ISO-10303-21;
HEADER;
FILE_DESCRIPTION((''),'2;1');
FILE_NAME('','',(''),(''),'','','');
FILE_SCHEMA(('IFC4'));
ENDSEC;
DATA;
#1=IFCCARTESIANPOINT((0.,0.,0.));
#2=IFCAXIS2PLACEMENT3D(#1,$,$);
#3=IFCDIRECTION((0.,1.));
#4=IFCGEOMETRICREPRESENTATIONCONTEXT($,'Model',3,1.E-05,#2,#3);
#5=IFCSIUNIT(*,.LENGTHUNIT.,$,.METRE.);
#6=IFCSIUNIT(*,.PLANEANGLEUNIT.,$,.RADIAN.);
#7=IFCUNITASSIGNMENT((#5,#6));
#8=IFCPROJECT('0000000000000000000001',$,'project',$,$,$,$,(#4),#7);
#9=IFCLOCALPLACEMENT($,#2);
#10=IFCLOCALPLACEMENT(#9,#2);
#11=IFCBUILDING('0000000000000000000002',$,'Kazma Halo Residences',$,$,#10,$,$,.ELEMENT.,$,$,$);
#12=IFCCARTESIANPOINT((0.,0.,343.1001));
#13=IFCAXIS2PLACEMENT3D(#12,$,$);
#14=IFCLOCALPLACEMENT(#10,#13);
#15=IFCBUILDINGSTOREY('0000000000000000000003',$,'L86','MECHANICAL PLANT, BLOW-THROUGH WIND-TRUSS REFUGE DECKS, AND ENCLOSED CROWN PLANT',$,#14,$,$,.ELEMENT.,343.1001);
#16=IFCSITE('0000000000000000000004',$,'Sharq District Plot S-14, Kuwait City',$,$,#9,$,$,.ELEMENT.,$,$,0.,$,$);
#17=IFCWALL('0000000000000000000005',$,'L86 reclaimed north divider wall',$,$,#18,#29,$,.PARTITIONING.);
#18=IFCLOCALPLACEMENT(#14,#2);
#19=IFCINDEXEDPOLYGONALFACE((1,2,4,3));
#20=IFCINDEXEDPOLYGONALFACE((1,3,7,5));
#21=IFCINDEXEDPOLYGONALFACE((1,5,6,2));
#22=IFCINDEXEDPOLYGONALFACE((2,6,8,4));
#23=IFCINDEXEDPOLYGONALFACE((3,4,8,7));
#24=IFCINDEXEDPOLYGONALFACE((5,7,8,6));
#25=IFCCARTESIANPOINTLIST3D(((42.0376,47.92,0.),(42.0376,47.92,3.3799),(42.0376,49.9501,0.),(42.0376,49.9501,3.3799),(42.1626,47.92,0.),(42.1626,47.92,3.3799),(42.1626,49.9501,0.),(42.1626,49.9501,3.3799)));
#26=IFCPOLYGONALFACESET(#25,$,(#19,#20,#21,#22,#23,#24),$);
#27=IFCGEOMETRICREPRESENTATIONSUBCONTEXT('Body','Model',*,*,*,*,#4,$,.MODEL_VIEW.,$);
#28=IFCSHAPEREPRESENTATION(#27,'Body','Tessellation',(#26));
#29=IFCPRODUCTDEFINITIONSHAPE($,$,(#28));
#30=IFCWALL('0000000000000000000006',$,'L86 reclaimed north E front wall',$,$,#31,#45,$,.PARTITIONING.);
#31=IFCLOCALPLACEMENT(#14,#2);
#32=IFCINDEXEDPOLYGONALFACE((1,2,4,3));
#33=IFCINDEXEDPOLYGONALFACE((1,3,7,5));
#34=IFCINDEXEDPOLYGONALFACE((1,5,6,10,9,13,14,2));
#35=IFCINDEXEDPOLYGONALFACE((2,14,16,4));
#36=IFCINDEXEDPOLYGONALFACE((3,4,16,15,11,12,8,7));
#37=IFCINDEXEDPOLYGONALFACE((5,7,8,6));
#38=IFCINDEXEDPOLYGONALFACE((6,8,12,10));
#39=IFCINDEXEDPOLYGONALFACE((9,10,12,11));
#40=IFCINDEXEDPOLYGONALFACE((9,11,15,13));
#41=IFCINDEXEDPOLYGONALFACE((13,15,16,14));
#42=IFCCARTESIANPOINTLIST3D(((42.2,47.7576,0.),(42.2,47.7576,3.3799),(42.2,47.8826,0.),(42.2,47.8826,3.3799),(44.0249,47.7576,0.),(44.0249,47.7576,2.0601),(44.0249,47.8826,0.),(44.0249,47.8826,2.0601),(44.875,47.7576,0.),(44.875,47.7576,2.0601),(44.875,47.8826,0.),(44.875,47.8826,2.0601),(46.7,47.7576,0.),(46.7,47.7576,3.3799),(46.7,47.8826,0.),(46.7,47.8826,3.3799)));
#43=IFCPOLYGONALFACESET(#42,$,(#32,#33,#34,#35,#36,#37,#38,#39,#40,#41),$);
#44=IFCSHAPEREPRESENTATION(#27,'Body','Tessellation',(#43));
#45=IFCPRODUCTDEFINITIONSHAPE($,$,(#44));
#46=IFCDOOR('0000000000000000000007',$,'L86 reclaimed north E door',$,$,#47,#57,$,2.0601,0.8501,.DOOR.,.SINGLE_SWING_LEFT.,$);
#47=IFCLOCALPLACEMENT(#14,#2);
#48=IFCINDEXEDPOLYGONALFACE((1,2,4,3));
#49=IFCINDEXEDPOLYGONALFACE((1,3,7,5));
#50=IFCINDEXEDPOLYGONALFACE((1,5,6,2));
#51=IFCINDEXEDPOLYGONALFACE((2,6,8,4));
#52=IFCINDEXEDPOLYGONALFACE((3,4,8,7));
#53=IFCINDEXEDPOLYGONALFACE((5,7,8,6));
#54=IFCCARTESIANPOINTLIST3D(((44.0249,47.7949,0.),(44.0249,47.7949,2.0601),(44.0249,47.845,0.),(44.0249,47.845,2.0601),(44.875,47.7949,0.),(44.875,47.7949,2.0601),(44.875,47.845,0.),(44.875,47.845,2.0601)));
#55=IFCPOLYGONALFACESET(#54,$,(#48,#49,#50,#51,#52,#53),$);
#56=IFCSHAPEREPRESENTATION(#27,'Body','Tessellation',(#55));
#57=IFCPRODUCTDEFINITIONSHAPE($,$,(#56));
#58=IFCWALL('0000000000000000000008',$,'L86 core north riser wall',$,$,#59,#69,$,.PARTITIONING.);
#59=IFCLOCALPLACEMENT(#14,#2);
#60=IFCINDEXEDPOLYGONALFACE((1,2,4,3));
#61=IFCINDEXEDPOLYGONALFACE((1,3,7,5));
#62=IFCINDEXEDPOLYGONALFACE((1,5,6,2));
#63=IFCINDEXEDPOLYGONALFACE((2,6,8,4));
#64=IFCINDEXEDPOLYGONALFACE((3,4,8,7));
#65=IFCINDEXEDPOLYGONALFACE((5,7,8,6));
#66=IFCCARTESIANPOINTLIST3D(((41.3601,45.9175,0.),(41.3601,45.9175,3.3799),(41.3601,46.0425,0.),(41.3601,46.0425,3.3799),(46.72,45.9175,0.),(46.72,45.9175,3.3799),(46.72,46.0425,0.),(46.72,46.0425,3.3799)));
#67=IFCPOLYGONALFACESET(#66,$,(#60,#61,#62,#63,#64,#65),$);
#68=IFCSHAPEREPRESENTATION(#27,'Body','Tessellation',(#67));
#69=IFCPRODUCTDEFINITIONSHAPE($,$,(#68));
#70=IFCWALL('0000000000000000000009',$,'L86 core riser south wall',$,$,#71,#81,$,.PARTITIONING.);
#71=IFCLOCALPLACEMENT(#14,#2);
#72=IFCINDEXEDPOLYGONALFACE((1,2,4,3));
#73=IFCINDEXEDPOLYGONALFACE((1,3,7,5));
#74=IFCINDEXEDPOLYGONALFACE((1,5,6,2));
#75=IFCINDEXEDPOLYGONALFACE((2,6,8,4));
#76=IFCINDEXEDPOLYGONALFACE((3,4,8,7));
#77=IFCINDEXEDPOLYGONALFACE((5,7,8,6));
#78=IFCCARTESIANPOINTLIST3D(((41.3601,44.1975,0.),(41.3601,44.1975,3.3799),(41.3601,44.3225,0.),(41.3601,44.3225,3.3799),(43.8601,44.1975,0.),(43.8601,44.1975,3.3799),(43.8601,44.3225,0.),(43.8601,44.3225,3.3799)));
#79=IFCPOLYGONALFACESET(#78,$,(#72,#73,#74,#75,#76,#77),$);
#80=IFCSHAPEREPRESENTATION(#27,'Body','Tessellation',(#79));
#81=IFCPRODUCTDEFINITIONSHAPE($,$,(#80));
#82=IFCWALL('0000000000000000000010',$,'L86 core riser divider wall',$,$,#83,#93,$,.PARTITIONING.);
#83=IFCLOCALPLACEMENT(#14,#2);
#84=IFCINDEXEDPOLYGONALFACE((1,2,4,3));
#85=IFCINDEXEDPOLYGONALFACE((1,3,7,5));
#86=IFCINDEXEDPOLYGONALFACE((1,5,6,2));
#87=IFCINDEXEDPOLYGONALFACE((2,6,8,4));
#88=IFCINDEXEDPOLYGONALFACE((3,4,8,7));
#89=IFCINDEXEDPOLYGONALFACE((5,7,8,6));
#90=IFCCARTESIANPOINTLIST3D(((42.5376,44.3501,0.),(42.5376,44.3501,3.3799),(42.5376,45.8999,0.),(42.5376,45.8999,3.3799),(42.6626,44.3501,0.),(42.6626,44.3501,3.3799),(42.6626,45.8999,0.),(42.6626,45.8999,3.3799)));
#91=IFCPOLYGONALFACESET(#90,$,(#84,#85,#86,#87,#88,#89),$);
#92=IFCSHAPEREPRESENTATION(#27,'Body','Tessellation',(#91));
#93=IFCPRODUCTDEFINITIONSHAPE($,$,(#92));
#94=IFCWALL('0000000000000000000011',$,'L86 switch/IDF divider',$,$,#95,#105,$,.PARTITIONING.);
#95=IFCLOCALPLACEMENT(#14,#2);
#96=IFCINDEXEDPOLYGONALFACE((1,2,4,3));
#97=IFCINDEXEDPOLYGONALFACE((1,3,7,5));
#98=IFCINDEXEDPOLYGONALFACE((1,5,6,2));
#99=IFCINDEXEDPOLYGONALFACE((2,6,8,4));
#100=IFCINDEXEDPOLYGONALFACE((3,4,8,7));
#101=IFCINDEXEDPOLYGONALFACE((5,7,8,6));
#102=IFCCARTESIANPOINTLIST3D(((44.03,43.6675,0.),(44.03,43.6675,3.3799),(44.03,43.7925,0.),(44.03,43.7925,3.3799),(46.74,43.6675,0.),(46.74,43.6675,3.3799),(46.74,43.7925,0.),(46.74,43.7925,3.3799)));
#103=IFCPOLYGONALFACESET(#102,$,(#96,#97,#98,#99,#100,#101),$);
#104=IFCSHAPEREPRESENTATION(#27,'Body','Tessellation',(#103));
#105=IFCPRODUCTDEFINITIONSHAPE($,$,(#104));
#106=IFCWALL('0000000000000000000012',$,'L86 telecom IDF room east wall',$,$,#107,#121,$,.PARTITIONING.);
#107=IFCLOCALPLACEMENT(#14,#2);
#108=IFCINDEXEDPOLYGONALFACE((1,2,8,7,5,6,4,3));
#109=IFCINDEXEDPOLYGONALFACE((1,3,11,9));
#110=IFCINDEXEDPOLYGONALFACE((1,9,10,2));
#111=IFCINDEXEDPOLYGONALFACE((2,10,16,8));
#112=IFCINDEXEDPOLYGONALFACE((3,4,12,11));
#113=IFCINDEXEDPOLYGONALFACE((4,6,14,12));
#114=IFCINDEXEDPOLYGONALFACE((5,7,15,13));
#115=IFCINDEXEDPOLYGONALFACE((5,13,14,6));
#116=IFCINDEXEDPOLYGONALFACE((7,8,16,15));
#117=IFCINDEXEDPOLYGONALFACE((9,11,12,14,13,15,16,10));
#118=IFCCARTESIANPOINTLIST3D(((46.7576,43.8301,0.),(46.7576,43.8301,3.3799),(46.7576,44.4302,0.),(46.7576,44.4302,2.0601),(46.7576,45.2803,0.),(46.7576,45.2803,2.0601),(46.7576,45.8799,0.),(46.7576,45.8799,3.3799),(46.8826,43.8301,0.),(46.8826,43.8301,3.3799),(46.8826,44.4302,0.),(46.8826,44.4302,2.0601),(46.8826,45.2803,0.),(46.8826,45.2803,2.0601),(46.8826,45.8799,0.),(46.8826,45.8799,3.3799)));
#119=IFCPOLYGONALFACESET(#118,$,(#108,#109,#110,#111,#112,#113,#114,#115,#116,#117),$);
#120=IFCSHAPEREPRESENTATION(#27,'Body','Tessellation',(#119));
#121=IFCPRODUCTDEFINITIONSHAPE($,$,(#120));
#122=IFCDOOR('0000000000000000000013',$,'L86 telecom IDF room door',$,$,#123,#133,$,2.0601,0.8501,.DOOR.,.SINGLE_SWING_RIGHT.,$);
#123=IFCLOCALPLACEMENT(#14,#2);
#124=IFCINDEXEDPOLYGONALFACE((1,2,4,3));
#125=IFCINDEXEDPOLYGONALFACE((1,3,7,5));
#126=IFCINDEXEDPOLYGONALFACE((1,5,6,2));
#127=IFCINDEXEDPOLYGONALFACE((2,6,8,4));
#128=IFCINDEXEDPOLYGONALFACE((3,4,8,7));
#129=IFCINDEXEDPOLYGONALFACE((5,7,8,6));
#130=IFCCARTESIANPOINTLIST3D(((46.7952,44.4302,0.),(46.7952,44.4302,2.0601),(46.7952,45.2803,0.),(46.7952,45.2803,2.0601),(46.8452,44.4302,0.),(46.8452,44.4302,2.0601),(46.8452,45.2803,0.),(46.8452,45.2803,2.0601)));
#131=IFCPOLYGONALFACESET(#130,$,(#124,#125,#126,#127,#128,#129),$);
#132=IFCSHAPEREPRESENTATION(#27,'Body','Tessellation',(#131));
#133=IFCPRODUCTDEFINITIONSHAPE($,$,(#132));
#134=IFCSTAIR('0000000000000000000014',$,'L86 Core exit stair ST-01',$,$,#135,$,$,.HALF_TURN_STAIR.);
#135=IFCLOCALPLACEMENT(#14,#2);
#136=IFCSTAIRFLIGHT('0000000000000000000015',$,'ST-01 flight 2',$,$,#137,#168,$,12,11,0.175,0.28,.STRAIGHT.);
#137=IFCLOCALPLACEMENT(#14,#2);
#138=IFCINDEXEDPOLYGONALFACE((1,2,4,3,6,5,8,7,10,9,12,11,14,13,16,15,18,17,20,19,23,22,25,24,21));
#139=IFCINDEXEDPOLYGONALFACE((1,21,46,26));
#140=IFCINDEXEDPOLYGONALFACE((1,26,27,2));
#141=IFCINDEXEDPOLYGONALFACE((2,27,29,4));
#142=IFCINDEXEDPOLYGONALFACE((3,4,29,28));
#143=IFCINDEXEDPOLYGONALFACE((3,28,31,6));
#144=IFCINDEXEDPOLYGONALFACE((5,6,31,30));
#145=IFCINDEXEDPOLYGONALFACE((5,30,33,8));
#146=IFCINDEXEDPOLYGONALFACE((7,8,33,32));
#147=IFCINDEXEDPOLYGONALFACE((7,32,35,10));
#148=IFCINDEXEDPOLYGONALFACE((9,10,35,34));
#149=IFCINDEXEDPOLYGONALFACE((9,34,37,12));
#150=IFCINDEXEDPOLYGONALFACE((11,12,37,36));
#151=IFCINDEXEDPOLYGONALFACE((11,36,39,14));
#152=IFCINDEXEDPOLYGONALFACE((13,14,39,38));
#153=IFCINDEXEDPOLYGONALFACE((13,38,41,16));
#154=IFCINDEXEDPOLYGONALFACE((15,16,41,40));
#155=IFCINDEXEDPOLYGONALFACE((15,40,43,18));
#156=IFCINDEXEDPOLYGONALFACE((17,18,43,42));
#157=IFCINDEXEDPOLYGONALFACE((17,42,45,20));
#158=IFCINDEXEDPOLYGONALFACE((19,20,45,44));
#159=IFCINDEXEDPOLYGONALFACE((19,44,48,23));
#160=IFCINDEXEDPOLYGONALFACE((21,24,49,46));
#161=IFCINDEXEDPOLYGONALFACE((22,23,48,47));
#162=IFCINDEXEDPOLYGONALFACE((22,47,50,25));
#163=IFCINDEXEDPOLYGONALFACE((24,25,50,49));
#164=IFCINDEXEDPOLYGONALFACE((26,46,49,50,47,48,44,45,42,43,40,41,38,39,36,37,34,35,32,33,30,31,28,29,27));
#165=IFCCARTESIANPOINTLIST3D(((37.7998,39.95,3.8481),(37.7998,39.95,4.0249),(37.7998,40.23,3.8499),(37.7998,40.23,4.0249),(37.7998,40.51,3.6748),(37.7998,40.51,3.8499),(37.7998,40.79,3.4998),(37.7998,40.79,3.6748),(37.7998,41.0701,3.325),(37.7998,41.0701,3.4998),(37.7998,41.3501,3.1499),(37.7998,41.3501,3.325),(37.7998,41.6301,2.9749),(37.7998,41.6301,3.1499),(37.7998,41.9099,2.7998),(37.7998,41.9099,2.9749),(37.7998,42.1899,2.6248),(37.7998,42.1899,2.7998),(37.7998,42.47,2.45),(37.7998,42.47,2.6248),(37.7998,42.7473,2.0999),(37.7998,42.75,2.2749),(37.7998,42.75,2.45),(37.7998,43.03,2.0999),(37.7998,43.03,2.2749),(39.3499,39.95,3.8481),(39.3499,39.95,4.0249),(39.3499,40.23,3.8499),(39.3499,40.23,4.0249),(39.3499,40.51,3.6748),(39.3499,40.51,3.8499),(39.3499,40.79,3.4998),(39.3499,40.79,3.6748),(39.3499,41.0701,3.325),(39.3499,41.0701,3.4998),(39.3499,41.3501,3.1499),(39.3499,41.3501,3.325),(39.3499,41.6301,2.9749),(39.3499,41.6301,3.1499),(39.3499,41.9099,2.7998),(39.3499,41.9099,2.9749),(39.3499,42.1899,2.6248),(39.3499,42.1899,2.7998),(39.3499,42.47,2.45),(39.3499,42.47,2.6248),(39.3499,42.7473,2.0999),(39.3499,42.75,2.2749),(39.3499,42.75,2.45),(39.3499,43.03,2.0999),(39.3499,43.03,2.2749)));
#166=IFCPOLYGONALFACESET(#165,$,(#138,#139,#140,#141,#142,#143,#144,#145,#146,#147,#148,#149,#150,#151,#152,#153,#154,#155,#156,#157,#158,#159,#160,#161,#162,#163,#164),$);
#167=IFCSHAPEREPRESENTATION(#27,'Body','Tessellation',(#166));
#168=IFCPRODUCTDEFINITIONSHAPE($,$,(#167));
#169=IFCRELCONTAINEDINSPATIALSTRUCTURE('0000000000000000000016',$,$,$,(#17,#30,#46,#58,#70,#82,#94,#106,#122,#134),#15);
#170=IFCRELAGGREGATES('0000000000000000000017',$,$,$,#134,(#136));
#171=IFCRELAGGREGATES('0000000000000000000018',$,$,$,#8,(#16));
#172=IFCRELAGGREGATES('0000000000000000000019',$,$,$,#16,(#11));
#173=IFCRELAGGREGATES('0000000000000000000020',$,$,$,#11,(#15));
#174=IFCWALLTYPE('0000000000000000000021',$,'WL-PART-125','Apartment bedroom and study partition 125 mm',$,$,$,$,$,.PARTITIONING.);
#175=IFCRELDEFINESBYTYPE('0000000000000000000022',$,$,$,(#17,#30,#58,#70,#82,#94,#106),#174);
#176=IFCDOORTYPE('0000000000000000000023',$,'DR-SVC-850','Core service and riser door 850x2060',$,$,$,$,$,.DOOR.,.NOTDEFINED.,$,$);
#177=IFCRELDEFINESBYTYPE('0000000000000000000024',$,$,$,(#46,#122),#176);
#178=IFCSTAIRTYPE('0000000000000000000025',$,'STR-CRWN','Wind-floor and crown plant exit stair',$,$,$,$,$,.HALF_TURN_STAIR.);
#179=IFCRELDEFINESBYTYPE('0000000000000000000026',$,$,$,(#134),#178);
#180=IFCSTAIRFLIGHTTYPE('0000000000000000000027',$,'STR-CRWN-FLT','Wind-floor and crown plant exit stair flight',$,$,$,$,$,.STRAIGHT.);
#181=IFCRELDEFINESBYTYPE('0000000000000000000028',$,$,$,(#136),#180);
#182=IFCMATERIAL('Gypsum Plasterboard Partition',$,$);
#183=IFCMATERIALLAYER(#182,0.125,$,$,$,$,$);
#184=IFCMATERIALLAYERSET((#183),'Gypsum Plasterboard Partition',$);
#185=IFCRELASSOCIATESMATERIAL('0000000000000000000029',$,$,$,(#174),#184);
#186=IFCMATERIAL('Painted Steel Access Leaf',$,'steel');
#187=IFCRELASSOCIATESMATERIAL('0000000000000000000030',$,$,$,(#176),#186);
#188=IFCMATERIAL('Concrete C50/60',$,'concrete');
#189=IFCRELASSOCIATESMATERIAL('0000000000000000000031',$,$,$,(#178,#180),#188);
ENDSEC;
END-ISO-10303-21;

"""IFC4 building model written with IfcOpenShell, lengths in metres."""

from ifc_helpers import new_model, si_unit, direction, frame, frame_2d, origin, place, context, subcontext, project, spatial, polyline, rectangle, outline, extrude, material, layer, layer_set, type_object, element, fill, aggregate, save


model = new_model("IFC4")

# Units and contexts
model_context = context("Model", 3, precision=1e-05, world=origin(), true_north=direction((0.0, 1.0)))
body_context = subcontext(model_context, "Body", "Model", "MODEL_VIEW")
ifc_project = project(units=[si_unit("LENGTHUNIT", "METRE"), si_unit("PLANEANGLEUNIT", "RADIAN")], contexts=[model_context])

# Site, building, storey
site_placement = place(None, origin())
site = spatial("IfcSite", under=ifc_project, at=site_placement, Name="Sharq District Plot S-14, Kuwait City", CompositionType="ELEMENT", RefElevation=0.0)
building_placement = place(site_placement, origin())
building = spatial("IfcBuilding", under=site, at=building_placement, Name="Kazma Halo Residences", CompositionType="ELEMENT")
storey_placement = place(building_placement, frame((0.0, 0.0, 343.1001)))
storey = spatial("IfcBuildingStorey", under=building, at=storey_placement, Name="L86", Description="MECHANICAL PLANT, BLOW-THROUGH WIND-TRUSS REFUGE DECKS, AND ENCLOSED CROWN PLANT", CompositionType="ELEMENT", Elevation=343.1001)

# Wall
ifc_material_1 = material(Name="Gypsum Plasterboard Partition")
ifc_layer_1 = layer(ifc_material_1, 0.125)
ifc_layer_set_1 = layer_set([ifc_layer_1], Name="Gypsum Plasterboard Partition")
wall_type_1 = type_object("IfcWallType", Name="WL-PART-125", Description="Apartment bedroom and study partition 125 mm", PredefinedType="PARTITIONING", material=ifc_layer_set_1)
for number, where, z_axis, x_axis, name in (
    (1, (42.1001, 47.9199, 0.0), (0.0, 0.0, 1.0), (0.0, 1.0, 0.0), "L86 reclaimed north divider wall"),
):
    element("IfcWall", number, at=place(storey_placement, frame(where, z_axis=z_axis, x_axis=x_axis)), inside=storey, type_object=wall_type_1, Name=name, PredefinedType="PARTITIONING", context=body_context, shape_type="SweptSolid", body=[
        extrude(rectangle(XDim=2.03, YDim=0.125, at=frame_2d((1.0151, 0.0))), origin(), (0.0, 0.0, 1.0), 3.3799),
    ])

# Wall, opening, door
wall_1_placement = place(storey_placement, frame((42.2, 47.8201, 0.0), z_axis=(0.0, 0.0, 1.0), x_axis=(1.0, 0.0, 0.0)))
wall_1 = element("IfcWall", 2, at=wall_1_placement, inside=storey, type_object=wall_type_1, Name="L86 reclaimed north E front wall", PredefinedType="PARTITIONING", context=body_context, shape_type="SweptSolid", body=[
    extrude(rectangle(XDim=4.5, YDim=0.125, at=frame_2d((2.25, 0.0))), origin(), (0.0, 0.0, 1.0), 3.3799),
])
opening_1_placement = place(wall_1_placement, frame((1.825, 0.0, 0.0)))
opening_1 = element("IfcOpeningElement", 3, at=opening_1_placement, cuts=wall_1, PredefinedType="OPENING", context=body_context, shape_type="SweptSolid", body=[
    extrude(rectangle(XDim=0.8501, YDim=2.0601, at=frame_2d((0.425, 1.03))), frame((0.0, 0.0725, 0.0), z_axis=(0.0, -1.0, 0.0), x_axis=(1.0, 0.0, 0.0)), (0.0, 0.0, 1.0), 0.145),
])
ifc_material_2 = material(Name="Painted Steel Access Leaf", Category="steel")
door_type_1 = type_object("IfcDoorType", Name="DR-SVC-850", Description="Core service and riser door 850x2060", OperationType="NOTDEFINED", PredefinedType="DOOR", material=ifc_material_2)
door_1_placement = place(opening_1_placement, origin())
door_1 = element("IfcDoor", 4, at=door_1_placement, inside=storey, type_object=door_type_1, Name="L86 reclaimed north E door", OperationType="SINGLE_SWING_LEFT", OverallHeight=2.0601, OverallWidth=0.8501, PredefinedType="DOOR", context=body_context, shape_type="SweptSolid", body=[
    extrude(rectangle(XDim=0.8501, YDim=2.0601, at=frame_2d((0.425, 1.03))), frame((0.0, 0.0249, 0.0), z_axis=(0.0, -1.0, 0.0), x_axis=(1.0, 0.0, 0.0)), (0.0, 0.0, 1.0), 0.05),
])
fill(opening_1, door_1)

# Walls
wall_2_placement = place(storey_placement, frame((41.3601, 45.98, 0.0), z_axis=(0.0, 0.0, 1.0), x_axis=(1.0, 0.0, 0.0)))
element("IfcWall", 5, at=wall_2_placement, inside=storey, type_object=wall_type_1, Name="L86 core north riser wall", PredefinedType="PARTITIONING", context=body_context, shape_type="SweptSolid", body=[
    extrude(rectangle(XDim=5.3599, YDim=0.125, at=frame_2d((2.6799, 0.0))), origin(), (0.0, 0.0, 1.0), 3.3799),
])
wall_3_placement = place(storey_placement, frame((41.3601, 44.26, 0.0), z_axis=(0.0, 0.0, 1.0), x_axis=(1.0, 0.0, 0.0)))
element("IfcWall", 6, at=wall_3_placement, inside=storey, type_object=wall_type_1, Name="L86 core riser south wall", PredefinedType="PARTITIONING", context=body_context, shape_type="SweptSolid", body=[
    extrude(rectangle(XDim=2.5, YDim=0.125, at=frame_2d((1.25, 0.0))), origin(), (0.0, 0.0, 1.0), 3.3799),
])
wall_4_placement = place(storey_placement, frame((42.6001, 44.3501, 0.0), z_axis=(0.0, 0.0, 1.0), x_axis=(0.0, 1.0, 0.0)))
element("IfcWall", 7, at=wall_4_placement, inside=storey, type_object=wall_type_1, Name="L86 core riser divider wall", PredefinedType="PARTITIONING", context=body_context, shape_type="SweptSolid", body=[
    extrude(rectangle(XDim=1.5498, YDim=0.125, at=frame_2d((0.7749, 0.0))), origin(), (0.0, 0.0, 1.0), 3.3799),
])
wall_5_placement = place(storey_placement, frame((44.03, 43.73, 0.0), z_axis=(0.0, 0.0, 1.0), x_axis=(1.0, 0.0, 0.0)))
element("IfcWall", 8, at=wall_5_placement, inside=storey, type_object=wall_type_1, Name="L86 switch/IDF divider", PredefinedType="PARTITIONING", context=body_context, shape_type="SweptSolid", body=[
    extrude(rectangle(XDim=2.71, YDim=0.125, at=frame_2d((1.355, 0.0))), origin(), (0.0, 0.0, 1.0), 3.3799),
])

# Wall, opening, door
wall_6_placement = place(storey_placement, frame((46.8201, 43.8301, 0.0), z_axis=(0.0, 0.0, 1.0), x_axis=(0.0, 1.0, 0.0)))
wall_6 = element("IfcWall", 9, at=wall_6_placement, inside=storey, type_object=wall_type_1, Name="L86 telecom IDF room east wall", PredefinedType="PARTITIONING", context=body_context, shape_type="SweptSolid", body=[
    extrude(rectangle(XDim=2.0498, YDim=0.125, at=frame_2d((1.0249, 0.0))), origin(), (0.0, 0.0, 1.0), 3.3799),
])
opening_2_placement = place(wall_6_placement, frame((0.6001, 0.0, 0.0)))
opening_2 = element("IfcOpeningElement", 10, at=opening_2_placement, cuts=wall_6, PredefinedType="OPENING", context=body_context, shape_type="SweptSolid", body=[
    extrude(rectangle(XDim=0.8501, YDim=2.0601, at=frame_2d((0.425, 1.03))), frame((0.0, 0.0725, 0.0), z_axis=(0.0, -1.0, 0.0), x_axis=(1.0, 0.0, 0.0)), (0.0, 0.0, 1.0), 0.145),
])
door_2_placement = place(opening_2_placement, origin())
door_2 = element("IfcDoor", 11, at=door_2_placement, inside=storey, type_object=door_type_1, Name="L86 telecom IDF room door", OperationType="SINGLE_SWING_RIGHT", OverallHeight=2.0601, OverallWidth=0.8501, PredefinedType="DOOR", context=body_context, shape_type="SweptSolid", body=[
    extrude(rectangle(XDim=0.8501, YDim=2.0601, at=frame_2d((0.425, 1.03))), frame((0.0, 0.0249, 0.0), z_axis=(0.0, -1.0, 0.0), x_axis=(1.0, 0.0, 0.0)), (0.0, 0.0, 1.0), 0.05),
])
fill(opening_2, door_2)

# Stair, stair flight
ifc_material_3 = material(Name="Concrete C50/60", Category="concrete")
stair_type = type_object("IfcStairType", Name="STR-CRWN", Description="Wind-floor and crown plant exit stair", PredefinedType="HALF_TURN_STAIR", material=ifc_material_3)
stair_placement = place(storey_placement, origin())
stair = element("IfcStair", 12, at=stair_placement, inside=storey, type_object=stair_type, Name="L86 Core exit stair ST-01", PredefinedType="HALF_TURN_STAIR")
stair_flight_type = type_object("IfcStairFlightType", Name="STR-CRWN-FLT", Description="Wind-floor and crown plant exit stair flight", PredefinedType="STRAIGHT", material=ifc_material_3)
stair_flight_placement = place(storey_placement, frame((38.575, 43.03, 2.0999), z_axis=(0.0, 0.0, 1.0), x_axis=(0.0, -1.0, 0.0)))
stair_flight = element("IfcStairFlight", 13, at=stair_flight_placement, type_object=stair_flight_type, Name="ST-01 flight 2", NumberOfRisers=12, NumberOfTreads=11, PredefinedType="STRAIGHT", RiserHeight=0.175, TreadLength=0.28, context=body_context, shape_type="SweptSolid", body=[
    extrude(outline(polyline([(0.0, 0.0), (0.0, 0.175), (0.28, 0.175), (0.28, 0.3501), (0.5601, 0.3501), (0.5601, 0.5249), (0.8401, 0.5249), (0.8401, 0.7), (1.1201, 0.7), (1.1201, 0.875), (1.3999, 0.875), (1.3999, 1.05), (1.6799, 1.05), (1.6799, 1.2251), (1.96, 1.2251), (1.96, 1.3999), (2.24, 1.3999), (2.24, 1.575), (2.52, 1.575), (2.52, 1.75), (2.8, 1.75), (2.8, 1.925), (3.0801, 1.925), (3.0801, 2.1001), (3.0801, 1.7483), (0.2827, 0.0), (0.0, 0.0)])), frame((0.0, 0.7749, 0.0), z_axis=(0.0, -1.0, 0.0), x_axis=(1.0, 0.0, 0.0)), (0.0, 0.0, 1.0), 1.55),
])
aggregate(stair, [stair_flight])

save(model, "model.ifc")
